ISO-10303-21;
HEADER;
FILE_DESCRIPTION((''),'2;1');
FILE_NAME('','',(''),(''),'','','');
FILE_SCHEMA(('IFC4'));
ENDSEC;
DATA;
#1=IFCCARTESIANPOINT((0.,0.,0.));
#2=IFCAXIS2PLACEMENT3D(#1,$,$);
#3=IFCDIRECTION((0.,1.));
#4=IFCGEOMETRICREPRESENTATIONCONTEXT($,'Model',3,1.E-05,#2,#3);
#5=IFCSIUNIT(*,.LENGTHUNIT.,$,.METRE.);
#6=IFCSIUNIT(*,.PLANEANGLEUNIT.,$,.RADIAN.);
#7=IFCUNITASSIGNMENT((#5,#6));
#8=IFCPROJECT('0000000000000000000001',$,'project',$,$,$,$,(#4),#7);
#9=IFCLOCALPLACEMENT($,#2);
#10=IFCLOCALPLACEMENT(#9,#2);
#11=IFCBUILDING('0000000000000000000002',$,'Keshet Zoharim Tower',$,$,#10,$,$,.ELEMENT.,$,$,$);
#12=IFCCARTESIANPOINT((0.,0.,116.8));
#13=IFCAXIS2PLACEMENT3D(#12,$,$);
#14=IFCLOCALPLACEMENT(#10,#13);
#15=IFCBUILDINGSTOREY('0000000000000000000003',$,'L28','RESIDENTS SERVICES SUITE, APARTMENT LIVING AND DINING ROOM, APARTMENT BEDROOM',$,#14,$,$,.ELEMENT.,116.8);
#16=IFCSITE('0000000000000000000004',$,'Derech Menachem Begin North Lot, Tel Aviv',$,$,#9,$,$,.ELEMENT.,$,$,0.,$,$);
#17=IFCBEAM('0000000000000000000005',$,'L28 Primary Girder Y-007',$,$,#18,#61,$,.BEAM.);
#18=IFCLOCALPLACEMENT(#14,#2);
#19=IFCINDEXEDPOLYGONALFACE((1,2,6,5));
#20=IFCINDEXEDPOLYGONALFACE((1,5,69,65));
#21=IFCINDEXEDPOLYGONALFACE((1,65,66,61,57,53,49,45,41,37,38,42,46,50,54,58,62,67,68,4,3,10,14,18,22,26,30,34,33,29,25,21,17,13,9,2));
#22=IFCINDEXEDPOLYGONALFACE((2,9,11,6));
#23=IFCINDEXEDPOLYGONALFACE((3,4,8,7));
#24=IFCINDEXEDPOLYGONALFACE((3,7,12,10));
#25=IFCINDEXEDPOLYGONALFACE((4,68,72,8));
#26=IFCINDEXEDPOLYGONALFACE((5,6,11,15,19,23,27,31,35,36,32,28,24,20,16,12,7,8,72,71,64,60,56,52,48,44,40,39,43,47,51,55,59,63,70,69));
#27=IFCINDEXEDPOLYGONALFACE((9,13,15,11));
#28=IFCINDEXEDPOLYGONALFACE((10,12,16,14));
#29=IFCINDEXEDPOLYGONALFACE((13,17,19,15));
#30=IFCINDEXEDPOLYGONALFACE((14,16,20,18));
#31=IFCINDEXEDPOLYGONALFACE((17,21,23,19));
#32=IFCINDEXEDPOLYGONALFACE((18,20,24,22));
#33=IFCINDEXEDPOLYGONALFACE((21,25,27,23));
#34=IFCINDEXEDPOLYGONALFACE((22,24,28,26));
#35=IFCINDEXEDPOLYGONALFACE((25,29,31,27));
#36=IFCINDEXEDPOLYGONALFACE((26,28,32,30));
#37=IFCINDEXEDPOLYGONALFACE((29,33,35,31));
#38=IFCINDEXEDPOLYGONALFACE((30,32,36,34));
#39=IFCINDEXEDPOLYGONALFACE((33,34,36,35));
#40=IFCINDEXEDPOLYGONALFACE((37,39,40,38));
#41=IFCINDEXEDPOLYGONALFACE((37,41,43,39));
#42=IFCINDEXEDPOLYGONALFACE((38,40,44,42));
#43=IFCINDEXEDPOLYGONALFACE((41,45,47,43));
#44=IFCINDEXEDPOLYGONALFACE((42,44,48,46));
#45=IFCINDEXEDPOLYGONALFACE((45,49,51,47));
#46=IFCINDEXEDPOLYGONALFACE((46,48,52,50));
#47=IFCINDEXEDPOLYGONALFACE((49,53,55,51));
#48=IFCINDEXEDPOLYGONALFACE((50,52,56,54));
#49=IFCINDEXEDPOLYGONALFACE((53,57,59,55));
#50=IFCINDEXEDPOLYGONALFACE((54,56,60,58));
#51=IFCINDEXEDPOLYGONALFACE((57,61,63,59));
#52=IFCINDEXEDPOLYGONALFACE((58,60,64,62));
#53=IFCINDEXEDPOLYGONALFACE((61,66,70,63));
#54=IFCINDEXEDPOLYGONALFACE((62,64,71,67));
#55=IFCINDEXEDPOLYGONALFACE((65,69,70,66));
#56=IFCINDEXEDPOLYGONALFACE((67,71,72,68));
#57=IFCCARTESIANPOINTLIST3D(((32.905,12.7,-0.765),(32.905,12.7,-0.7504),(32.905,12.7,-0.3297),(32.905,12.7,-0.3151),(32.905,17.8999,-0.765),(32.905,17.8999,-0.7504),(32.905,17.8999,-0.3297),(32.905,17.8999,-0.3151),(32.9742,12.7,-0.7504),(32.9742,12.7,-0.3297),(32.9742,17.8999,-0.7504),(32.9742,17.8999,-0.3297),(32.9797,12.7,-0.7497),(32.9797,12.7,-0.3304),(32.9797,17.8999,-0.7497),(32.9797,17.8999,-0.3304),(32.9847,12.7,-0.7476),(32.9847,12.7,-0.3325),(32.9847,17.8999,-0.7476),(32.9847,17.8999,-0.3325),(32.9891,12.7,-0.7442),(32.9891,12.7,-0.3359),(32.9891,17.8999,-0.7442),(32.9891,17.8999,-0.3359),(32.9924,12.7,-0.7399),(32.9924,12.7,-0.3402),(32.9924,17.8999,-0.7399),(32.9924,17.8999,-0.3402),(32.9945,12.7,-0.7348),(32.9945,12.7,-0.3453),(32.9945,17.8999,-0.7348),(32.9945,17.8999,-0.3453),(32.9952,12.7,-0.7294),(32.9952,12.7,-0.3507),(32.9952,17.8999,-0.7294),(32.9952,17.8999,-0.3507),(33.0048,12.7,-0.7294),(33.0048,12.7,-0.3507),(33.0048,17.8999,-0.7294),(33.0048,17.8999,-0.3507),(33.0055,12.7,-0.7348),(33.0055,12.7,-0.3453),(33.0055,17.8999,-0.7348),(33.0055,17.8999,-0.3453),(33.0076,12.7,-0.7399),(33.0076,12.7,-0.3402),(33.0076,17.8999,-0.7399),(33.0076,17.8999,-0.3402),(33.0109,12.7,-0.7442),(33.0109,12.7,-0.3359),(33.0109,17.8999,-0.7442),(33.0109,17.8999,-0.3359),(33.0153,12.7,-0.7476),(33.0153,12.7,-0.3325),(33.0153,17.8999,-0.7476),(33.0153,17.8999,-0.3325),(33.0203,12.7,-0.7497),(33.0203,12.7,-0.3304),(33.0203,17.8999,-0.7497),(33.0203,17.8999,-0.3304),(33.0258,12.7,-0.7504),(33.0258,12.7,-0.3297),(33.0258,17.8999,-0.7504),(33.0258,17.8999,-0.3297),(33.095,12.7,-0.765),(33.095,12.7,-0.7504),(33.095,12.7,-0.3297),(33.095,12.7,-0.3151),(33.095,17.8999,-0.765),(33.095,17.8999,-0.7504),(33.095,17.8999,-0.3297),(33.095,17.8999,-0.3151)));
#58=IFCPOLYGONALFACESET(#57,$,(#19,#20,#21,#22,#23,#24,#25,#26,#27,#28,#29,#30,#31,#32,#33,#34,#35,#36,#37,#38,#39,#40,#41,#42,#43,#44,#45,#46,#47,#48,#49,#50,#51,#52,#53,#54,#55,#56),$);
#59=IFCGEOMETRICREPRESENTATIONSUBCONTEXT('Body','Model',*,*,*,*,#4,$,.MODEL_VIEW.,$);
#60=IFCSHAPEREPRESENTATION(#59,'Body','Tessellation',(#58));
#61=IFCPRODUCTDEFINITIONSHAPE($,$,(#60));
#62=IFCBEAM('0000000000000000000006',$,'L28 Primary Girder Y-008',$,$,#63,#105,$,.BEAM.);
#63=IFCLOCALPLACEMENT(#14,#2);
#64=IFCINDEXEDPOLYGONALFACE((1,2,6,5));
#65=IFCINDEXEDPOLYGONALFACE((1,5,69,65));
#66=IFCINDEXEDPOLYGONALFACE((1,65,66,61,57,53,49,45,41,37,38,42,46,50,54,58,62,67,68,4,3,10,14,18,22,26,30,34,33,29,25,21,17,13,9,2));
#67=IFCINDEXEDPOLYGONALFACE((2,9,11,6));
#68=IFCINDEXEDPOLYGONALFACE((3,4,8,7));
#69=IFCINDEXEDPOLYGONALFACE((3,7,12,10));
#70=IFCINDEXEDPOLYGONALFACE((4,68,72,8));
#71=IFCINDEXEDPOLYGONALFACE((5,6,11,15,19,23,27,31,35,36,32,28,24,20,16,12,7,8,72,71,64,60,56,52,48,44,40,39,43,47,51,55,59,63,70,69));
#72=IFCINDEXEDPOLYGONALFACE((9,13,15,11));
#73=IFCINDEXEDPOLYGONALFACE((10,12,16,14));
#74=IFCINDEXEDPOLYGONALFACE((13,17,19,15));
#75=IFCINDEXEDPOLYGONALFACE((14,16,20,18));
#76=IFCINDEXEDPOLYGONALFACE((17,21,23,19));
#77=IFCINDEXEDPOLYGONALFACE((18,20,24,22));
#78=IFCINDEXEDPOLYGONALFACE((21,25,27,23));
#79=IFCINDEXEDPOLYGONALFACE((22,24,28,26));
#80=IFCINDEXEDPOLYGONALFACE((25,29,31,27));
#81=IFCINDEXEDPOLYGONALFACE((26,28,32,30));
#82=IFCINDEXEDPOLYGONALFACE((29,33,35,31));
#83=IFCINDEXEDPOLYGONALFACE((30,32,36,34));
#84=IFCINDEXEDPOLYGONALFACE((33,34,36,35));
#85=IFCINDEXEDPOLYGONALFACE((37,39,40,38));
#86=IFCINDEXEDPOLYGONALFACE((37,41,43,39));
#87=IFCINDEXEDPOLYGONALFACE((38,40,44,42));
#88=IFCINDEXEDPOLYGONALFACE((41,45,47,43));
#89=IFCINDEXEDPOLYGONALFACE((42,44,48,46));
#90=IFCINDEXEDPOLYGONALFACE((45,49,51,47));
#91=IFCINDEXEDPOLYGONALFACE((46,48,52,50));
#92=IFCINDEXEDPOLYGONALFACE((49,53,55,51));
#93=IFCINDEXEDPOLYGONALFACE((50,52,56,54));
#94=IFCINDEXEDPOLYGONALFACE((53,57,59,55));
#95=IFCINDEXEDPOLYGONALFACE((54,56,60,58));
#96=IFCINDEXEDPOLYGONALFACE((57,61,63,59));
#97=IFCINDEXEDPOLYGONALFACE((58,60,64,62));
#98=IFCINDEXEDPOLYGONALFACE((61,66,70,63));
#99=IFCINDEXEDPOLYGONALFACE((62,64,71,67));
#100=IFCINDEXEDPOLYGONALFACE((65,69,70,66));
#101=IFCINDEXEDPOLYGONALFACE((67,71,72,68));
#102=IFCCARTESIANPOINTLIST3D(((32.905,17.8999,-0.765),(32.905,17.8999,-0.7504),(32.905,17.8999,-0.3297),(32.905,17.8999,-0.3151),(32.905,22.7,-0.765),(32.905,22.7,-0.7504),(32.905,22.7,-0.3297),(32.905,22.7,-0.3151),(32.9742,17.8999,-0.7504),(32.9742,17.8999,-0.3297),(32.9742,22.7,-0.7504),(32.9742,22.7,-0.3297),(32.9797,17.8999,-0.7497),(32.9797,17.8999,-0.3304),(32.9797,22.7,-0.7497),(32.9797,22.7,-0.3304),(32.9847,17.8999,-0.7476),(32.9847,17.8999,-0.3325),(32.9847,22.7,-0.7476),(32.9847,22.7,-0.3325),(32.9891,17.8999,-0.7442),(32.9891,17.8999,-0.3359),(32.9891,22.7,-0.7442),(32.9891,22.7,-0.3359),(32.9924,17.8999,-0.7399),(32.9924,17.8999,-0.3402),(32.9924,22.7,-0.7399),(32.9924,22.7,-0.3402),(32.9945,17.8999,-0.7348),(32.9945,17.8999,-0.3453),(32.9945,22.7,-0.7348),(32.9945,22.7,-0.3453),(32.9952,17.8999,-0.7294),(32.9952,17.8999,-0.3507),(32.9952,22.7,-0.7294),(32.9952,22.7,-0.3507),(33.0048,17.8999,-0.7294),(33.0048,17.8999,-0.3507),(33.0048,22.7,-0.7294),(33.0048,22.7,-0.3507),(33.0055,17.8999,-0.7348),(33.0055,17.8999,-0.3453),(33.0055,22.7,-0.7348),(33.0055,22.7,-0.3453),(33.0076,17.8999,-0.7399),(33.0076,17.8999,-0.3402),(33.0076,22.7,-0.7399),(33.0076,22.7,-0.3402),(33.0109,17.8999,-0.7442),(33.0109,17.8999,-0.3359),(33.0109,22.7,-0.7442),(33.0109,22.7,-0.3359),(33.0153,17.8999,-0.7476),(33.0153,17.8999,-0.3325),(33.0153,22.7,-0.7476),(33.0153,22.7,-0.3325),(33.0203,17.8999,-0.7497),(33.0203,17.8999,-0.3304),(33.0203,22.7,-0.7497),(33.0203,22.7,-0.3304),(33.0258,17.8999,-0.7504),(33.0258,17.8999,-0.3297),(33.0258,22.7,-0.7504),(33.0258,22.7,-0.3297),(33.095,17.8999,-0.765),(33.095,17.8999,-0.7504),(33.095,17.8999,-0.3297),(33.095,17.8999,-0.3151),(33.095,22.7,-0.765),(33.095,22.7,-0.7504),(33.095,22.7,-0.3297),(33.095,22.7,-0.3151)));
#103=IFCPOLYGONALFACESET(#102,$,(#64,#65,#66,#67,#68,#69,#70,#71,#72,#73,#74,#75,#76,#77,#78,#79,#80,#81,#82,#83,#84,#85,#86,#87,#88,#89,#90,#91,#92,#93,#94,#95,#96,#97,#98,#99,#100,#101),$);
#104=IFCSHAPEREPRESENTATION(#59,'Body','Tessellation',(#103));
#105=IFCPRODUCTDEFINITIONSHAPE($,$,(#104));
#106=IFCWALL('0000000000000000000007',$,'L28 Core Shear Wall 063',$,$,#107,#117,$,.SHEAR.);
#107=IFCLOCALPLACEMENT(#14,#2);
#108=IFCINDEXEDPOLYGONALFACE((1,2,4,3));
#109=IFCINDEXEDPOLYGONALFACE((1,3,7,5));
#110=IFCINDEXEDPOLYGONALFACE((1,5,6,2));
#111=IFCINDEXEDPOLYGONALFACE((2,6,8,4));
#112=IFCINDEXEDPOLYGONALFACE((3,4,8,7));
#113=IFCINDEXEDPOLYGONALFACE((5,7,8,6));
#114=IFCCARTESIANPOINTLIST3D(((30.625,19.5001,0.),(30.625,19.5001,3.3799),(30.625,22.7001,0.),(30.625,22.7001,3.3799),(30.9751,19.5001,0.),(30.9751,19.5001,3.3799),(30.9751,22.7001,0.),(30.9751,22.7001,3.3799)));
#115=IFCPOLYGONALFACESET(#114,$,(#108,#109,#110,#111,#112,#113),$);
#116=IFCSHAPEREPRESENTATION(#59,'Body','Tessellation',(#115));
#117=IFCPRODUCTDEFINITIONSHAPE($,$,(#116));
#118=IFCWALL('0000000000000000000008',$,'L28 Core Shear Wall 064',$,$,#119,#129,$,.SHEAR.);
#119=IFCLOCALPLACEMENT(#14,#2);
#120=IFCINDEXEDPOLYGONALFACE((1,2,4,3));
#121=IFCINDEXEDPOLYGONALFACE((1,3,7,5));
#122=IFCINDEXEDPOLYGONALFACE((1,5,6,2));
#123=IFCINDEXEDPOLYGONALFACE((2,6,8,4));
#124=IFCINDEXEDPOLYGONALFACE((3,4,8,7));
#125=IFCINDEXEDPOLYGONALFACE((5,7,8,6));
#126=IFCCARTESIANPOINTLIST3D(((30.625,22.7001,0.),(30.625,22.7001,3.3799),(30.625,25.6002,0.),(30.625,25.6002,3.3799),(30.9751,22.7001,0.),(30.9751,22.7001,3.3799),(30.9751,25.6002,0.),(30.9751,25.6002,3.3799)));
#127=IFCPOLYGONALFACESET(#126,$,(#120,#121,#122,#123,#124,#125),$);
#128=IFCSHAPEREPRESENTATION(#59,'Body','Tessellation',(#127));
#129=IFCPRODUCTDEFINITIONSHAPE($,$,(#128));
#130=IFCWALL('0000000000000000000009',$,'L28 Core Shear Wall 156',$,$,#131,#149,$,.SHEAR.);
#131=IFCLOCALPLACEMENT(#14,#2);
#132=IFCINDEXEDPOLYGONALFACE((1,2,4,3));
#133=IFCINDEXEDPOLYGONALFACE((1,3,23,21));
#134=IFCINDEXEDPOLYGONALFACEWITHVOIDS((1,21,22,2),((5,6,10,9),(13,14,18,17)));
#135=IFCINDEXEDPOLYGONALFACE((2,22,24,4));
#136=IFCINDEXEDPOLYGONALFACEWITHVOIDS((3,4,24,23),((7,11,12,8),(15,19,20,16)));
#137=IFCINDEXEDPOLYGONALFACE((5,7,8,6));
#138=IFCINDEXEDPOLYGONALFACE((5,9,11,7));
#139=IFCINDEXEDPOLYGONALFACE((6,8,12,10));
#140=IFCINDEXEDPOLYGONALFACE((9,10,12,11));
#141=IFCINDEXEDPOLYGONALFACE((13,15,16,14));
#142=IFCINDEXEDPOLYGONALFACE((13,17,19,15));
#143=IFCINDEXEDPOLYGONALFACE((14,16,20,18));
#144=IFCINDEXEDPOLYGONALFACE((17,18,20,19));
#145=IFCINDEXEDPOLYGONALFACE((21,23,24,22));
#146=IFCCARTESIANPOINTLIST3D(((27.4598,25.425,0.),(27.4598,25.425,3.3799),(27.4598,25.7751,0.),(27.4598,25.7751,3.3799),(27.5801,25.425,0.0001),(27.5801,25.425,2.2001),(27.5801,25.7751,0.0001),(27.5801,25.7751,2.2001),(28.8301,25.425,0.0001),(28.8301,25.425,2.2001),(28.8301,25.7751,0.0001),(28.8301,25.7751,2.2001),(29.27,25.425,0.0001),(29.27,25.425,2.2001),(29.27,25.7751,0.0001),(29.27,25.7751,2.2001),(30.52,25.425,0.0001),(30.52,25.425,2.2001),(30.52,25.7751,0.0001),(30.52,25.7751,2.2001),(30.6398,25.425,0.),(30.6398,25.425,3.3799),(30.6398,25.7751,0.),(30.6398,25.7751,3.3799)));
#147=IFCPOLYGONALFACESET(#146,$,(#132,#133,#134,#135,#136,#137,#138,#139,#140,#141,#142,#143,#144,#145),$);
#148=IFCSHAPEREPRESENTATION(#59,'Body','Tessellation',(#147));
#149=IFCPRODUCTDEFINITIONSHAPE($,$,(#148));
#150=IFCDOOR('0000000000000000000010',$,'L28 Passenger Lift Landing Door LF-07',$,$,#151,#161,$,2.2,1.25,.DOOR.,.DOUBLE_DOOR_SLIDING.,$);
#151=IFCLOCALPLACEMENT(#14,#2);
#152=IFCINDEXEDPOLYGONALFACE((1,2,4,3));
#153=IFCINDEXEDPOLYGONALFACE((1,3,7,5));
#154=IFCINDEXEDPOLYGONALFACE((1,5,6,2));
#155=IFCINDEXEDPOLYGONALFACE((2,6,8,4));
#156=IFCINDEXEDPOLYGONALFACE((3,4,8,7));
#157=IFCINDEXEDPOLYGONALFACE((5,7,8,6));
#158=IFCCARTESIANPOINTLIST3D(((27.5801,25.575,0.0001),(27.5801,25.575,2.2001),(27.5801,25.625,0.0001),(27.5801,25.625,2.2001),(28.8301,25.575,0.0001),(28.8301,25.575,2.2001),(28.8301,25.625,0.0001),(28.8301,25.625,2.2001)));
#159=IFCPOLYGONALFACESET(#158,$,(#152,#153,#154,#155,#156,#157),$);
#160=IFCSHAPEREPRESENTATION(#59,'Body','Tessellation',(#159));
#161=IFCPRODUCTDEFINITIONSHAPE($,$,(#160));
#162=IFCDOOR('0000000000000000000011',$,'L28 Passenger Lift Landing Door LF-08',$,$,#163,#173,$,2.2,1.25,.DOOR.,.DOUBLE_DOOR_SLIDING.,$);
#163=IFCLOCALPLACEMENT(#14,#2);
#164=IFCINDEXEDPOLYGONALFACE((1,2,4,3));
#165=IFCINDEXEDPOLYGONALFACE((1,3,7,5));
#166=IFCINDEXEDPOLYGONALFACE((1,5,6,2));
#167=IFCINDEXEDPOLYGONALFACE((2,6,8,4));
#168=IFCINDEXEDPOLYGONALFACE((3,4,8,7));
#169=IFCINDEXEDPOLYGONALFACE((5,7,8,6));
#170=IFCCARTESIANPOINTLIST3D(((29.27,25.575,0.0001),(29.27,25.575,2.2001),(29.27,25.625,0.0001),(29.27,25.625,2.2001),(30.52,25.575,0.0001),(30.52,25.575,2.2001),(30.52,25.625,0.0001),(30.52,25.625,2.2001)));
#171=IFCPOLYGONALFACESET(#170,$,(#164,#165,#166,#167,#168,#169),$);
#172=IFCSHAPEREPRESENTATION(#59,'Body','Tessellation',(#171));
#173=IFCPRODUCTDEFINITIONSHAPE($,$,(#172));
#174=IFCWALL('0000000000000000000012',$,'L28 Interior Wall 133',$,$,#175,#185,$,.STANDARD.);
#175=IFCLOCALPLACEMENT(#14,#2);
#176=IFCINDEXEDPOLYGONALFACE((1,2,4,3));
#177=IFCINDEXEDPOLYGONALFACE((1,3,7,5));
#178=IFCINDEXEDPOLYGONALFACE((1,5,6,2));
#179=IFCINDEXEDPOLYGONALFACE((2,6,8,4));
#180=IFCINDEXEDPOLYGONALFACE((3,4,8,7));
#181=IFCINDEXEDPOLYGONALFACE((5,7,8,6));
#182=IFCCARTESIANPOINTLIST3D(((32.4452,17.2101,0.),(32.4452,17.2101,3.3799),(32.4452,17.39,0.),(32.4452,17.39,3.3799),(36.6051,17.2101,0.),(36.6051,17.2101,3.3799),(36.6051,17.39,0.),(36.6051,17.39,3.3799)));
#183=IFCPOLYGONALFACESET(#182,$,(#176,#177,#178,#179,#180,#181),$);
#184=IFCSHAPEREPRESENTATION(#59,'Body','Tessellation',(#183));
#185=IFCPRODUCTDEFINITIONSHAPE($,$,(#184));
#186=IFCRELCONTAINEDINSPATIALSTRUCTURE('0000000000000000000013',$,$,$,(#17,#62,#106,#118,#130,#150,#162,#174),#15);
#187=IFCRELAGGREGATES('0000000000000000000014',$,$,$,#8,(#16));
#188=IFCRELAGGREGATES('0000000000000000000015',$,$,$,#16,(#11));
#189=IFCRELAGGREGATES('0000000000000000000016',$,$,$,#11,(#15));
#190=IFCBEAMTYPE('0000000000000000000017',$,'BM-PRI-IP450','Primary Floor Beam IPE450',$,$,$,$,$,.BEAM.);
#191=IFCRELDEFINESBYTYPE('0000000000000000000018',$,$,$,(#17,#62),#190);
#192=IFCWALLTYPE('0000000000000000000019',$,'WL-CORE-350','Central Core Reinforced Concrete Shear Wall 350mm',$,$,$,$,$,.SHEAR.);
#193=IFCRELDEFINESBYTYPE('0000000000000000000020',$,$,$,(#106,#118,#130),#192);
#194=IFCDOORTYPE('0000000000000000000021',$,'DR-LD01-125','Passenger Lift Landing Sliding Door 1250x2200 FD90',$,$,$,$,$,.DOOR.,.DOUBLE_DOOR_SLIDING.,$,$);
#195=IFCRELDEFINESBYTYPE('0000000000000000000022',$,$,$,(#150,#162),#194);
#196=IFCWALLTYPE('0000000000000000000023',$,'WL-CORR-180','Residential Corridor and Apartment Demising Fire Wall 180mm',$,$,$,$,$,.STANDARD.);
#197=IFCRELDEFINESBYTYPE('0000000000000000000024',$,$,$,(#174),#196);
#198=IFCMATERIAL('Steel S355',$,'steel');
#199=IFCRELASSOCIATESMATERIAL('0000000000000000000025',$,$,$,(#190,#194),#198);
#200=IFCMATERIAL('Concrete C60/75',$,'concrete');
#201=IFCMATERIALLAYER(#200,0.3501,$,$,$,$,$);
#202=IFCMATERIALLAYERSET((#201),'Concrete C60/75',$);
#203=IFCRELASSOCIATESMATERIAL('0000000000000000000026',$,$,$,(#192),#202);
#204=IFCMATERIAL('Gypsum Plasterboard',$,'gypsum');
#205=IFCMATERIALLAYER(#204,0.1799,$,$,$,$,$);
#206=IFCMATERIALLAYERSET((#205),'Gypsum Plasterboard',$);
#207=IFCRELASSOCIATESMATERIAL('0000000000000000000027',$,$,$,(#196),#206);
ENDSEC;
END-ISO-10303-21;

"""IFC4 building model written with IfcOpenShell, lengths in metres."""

from ifc_helpers import new_model, si_unit, direction, frame, frame_2d, origin, origin_2d, place, context, subcontext, project, spatial, rectangle, i_section, extrude, material, layer, layer_set, material_profile, profile_set, type_object, element, fill, save


model = new_model("IFC4")

# Units and contexts
model_context = context("Model", 3, precision=1e-05, world=origin(), true_north=direction((0.0, 1.0)))
body_context = subcontext(model_context, "Body", "Model", "MODEL_VIEW")
ifc_project = project(units=[si_unit("LENGTHUNIT", "METRE"), si_unit("PLANEANGLEUNIT", "RADIAN")], contexts=[model_context])

# Site, building, storey
site_placement = place(None, origin())
site = spatial("IfcSite", under=ifc_project, at=site_placement, Name="Derech Menachem Begin North Lot, Tel Aviv", CompositionType="ELEMENT", RefElevation=0.0)
building_placement = place(site_placement, origin())
building = spatial("IfcBuilding", under=site, at=building_placement, Name="Keshet Zoharim Tower", CompositionType="ELEMENT")
storey_placement = place(building_placement, frame((0.0, 0.0, 116.8)))
storey = spatial("IfcBuildingStorey", under=building, at=storey_placement, Name="L28", Description="RESIDENTS SERVICES SUITE, APARTMENT LIVING AND DINING ROOM, APARTMENT BEDROOM", CompositionType="ELEMENT", Elevation=116.8)

# Shared definitions
ifc_material_1 = material(Name="Concrete C60/75", Category="concrete")

# Beams
ifc_material_2 = material(Name="Steel S355", Category="steel")
ifc_material_profile_1 = material_profile(ifc_material_2, i_section(OverallWidth=0.1899, OverallDepth=0.45, WebThickness=0.0095, FlangeThickness=0.0146, FilletRadius=0.021, at=origin_2d()), Name="IPE450")
ifc_profile_set_1 = profile_set([ifc_material_profile_1], Name="Steel S355")
beam_type_1 = type_object("IfcBeamType", Name="BM-PRI-IP450", Description="Primary Floor Beam IPE450", PredefinedType="BEAM", material=ifc_profile_set_1)
beam_1_placement = place(storey_placement, frame((33.0, 12.7, -0.54), z_axis=(0.0, 1.0, 0.0), x_axis=(-1.0, 0.0, 0.0)))
element("IfcBeam", 1, at=beam_1_placement, inside=storey, type_object=beam_type_1, Name="L28 Primary Girder Y-007", PredefinedType="BEAM", context=body_context, shape_type="SweptSolid", body=[
    extrude(i_section(OverallWidth=0.1899, OverallDepth=0.45, WebThickness=0.0095, FlangeThickness=0.0146, FilletRadius=0.021, at=origin_2d()), origin(), (0.0, 0.0, 1.0), 5.2),
])
beam_2_placement = place(storey_placement, frame((33.0, 17.8999, -0.54), z_axis=(0.0, 1.0, 0.0), x_axis=(-1.0, 0.0, 0.0)))
element("IfcBeam", 2, at=beam_2_placement, inside=storey, type_object=beam_type_1, Name="L28 Primary Girder Y-008", PredefinedType="BEAM", context=body_context, shape_type="SweptSolid", body=[
    extrude(i_section(OverallWidth=0.1899, OverallDepth=0.45, WebThickness=0.0095, FlangeThickness=0.0146, FilletRadius=0.021, at=origin_2d()), origin(), (0.0, 0.0, 1.0), 4.8),
])

# Walls
ifc_layer_1 = layer(ifc_material_1, 0.3501)
ifc_layer_set_1 = layer_set([ifc_layer_1], Name="Concrete C60/75")
wall_type_1 = type_object("IfcWallType", Name="WL-CORE-350", Description="Central Core Reinforced Concrete Shear Wall 350mm", PredefinedType="SHEAR", material=ifc_layer_set_1)
wall_1_placement = place(storey_placement, frame((30.8, 19.5, 0.0), z_axis=(0.0, 0.0, 1.0), x_axis=(0.0, 1.0, 0.0)))
element("IfcWall", 3, at=wall_1_placement, inside=storey, type_object=wall_type_1, Name="L28 Core Shear Wall 063", PredefinedType="SHEAR", context=body_context, shape_type="SweptSolid", body=[
    extrude(rectangle(XDim=3.2, YDim=0.3501, at=frame_2d((1.6001, 0.0))), origin(), (0.0, 0.0, 1.0), 3.3799),
])
wall_2_placement = place(storey_placement, frame((30.8, 22.7, 0.0), z_axis=(0.0, 0.0, 1.0), x_axis=(0.0, 1.0, 0.0)))
element("IfcWall", 4, at=wall_2_placement, inside=storey, type_object=wall_type_1, Name="L28 Core Shear Wall 064", PredefinedType="SHEAR", context=body_context, shape_type="SweptSolid", body=[
    extrude(rectangle(XDim=2.9001, YDim=0.3501, at=frame_2d((1.4502, 0.0))), origin(), (0.0, 0.0, 1.0), 3.3799),
])

# Wall, openings, doors
wall_3_placement = place(storey_placement, frame((27.46, 25.6001, 0.0), z_axis=(0.0, 0.0, 1.0), x_axis=(1.0, 0.0, 0.0)))
wall_3 = element("IfcWall", 5, at=wall_3_placement, inside=storey, type_object=wall_type_1, Name="L28 Core Shear Wall 156", PredefinedType="SHEAR", context=body_context, shape_type="SweptSolid", body=[
    extrude(rectangle(XDim=3.1799, YDim=0.3501, at=frame_2d((1.5898, 0.0))), origin(), (0.0, 0.0, 1.0), 3.3799),
])
opening_1_placement = place(wall_3_placement, frame((0.1201, 0.0, 0.0)))
opening_1 = element("IfcOpeningElement", 6, at=opening_1_placement, cuts=wall_3, PredefinedType="OPENING", context=body_context, shape_type="SweptSolid", body=[
    extrude(rectangle(XDim=1.25, YDim=2.2, at=frame_2d((0.625, 1.1001))), frame((0.0, 0.1851, 0.0), z_axis=(0.0, -1.0, 0.0), x_axis=(1.0, 0.0, 0.0)), (0.0, 0.0, 1.0), 0.3701),
])
opening_2_placement = place(wall_3_placement, frame((1.8101, 0.0, 0.0)))
opening_2 = element("IfcOpeningElement", 7, at=opening_2_placement, cuts=wall_3, PredefinedType="OPENING", context=body_context, shape_type="SweptSolid", body=[
    extrude(rectangle(XDim=1.25, YDim=2.2, at=frame_2d((0.625, 1.1001))), frame((0.0, 0.1851, 0.0), z_axis=(0.0, -1.0, 0.0), x_axis=(1.0, 0.0, 0.0)), (0.0, 0.0, 1.0), 0.3701),
])
door_type_1 = type_object("IfcDoorType", Name="DR-LD01-125", Description="Passenger Lift Landing Sliding Door 1250x2200 FD90", OperationType="DOUBLE_DOOR_SLIDING", PredefinedType="DOOR", material=ifc_material_2)
door_1_placement = place(opening_1_placement, origin())
door_1 = element("IfcDoor", 8, at=door_1_placement, inside=storey, type_object=door_type_1, Name="L28 Passenger Lift Landing Door LF-07", OperationType="DOUBLE_DOOR_SLIDING", OverallHeight=2.2, OverallWidth=1.25, PredefinedType="DOOR", context=body_context, shape_type="SweptSolid", body=[
    extrude(rectangle(XDim=1.25, YDim=2.2, at=frame_2d((0.625, 1.1001))), frame((0.0, 0.0249, 0.0), z_axis=(0.0, -1.0, 0.0), x_axis=(1.0, 0.0, 0.0)), (0.0, 0.0, 1.0), 0.05),
])
fill(opening_1, door_1)
door_2_placement = place(opening_2_placement, origin())
door_2 = element("IfcDoor", 9, at=door_2_placement, inside=storey, type_object=door_type_1, Name="L28 Passenger Lift Landing Door LF-08", OperationType="DOUBLE_DOOR_SLIDING", OverallHeight=2.2, OverallWidth=1.25, PredefinedType="DOOR", context=body_context, shape_type="SweptSolid", body=[
    extrude(rectangle(XDim=1.25, YDim=2.2, at=frame_2d((0.625, 1.1001))), frame((0.0, 0.0249, 0.0), z_axis=(0.0, -1.0, 0.0), x_axis=(1.0, 0.0, 0.0)), (0.0, 0.0, 1.0), 0.05),
])
fill(opening_2, door_2)

# Shared definitions
ifc_material_3 = material(Name="Gypsum Plasterboard", Category="gypsum")
ifc_layer_2 = layer(ifc_material_3, 0.1799)
ifc_layer_set_2 = layer_set([ifc_layer_2], Name="Gypsum Plasterboard")
wall_type_2 = type_object("IfcWallType", Name="WL-CORR-180", Description="Residential Corridor and Apartment Demising Fire Wall 180mm", PredefinedType="STANDARD", material=ifc_layer_set_2)

# Wall
wall_4_placement = place(storey_placement, frame((32.4451, 17.3, 0.0), z_axis=(0.0, 0.0, 1.0), x_axis=(1.0, 0.0, 0.0)))
element("IfcWall", 10, at=wall_4_placement, inside=storey, type_object=wall_type_2, Name="L28 Interior Wall 133", PredefinedType="STANDARD", context=body_context, shape_type="SweptSolid", body=[
    extrude(rectangle(XDim=4.1599, YDim=0.1799, at=frame_2d((2.0801, 0.0))), origin(), (0.0, 0.0, 1.0), 3.3799),
])

save(model, "model.ifc")
